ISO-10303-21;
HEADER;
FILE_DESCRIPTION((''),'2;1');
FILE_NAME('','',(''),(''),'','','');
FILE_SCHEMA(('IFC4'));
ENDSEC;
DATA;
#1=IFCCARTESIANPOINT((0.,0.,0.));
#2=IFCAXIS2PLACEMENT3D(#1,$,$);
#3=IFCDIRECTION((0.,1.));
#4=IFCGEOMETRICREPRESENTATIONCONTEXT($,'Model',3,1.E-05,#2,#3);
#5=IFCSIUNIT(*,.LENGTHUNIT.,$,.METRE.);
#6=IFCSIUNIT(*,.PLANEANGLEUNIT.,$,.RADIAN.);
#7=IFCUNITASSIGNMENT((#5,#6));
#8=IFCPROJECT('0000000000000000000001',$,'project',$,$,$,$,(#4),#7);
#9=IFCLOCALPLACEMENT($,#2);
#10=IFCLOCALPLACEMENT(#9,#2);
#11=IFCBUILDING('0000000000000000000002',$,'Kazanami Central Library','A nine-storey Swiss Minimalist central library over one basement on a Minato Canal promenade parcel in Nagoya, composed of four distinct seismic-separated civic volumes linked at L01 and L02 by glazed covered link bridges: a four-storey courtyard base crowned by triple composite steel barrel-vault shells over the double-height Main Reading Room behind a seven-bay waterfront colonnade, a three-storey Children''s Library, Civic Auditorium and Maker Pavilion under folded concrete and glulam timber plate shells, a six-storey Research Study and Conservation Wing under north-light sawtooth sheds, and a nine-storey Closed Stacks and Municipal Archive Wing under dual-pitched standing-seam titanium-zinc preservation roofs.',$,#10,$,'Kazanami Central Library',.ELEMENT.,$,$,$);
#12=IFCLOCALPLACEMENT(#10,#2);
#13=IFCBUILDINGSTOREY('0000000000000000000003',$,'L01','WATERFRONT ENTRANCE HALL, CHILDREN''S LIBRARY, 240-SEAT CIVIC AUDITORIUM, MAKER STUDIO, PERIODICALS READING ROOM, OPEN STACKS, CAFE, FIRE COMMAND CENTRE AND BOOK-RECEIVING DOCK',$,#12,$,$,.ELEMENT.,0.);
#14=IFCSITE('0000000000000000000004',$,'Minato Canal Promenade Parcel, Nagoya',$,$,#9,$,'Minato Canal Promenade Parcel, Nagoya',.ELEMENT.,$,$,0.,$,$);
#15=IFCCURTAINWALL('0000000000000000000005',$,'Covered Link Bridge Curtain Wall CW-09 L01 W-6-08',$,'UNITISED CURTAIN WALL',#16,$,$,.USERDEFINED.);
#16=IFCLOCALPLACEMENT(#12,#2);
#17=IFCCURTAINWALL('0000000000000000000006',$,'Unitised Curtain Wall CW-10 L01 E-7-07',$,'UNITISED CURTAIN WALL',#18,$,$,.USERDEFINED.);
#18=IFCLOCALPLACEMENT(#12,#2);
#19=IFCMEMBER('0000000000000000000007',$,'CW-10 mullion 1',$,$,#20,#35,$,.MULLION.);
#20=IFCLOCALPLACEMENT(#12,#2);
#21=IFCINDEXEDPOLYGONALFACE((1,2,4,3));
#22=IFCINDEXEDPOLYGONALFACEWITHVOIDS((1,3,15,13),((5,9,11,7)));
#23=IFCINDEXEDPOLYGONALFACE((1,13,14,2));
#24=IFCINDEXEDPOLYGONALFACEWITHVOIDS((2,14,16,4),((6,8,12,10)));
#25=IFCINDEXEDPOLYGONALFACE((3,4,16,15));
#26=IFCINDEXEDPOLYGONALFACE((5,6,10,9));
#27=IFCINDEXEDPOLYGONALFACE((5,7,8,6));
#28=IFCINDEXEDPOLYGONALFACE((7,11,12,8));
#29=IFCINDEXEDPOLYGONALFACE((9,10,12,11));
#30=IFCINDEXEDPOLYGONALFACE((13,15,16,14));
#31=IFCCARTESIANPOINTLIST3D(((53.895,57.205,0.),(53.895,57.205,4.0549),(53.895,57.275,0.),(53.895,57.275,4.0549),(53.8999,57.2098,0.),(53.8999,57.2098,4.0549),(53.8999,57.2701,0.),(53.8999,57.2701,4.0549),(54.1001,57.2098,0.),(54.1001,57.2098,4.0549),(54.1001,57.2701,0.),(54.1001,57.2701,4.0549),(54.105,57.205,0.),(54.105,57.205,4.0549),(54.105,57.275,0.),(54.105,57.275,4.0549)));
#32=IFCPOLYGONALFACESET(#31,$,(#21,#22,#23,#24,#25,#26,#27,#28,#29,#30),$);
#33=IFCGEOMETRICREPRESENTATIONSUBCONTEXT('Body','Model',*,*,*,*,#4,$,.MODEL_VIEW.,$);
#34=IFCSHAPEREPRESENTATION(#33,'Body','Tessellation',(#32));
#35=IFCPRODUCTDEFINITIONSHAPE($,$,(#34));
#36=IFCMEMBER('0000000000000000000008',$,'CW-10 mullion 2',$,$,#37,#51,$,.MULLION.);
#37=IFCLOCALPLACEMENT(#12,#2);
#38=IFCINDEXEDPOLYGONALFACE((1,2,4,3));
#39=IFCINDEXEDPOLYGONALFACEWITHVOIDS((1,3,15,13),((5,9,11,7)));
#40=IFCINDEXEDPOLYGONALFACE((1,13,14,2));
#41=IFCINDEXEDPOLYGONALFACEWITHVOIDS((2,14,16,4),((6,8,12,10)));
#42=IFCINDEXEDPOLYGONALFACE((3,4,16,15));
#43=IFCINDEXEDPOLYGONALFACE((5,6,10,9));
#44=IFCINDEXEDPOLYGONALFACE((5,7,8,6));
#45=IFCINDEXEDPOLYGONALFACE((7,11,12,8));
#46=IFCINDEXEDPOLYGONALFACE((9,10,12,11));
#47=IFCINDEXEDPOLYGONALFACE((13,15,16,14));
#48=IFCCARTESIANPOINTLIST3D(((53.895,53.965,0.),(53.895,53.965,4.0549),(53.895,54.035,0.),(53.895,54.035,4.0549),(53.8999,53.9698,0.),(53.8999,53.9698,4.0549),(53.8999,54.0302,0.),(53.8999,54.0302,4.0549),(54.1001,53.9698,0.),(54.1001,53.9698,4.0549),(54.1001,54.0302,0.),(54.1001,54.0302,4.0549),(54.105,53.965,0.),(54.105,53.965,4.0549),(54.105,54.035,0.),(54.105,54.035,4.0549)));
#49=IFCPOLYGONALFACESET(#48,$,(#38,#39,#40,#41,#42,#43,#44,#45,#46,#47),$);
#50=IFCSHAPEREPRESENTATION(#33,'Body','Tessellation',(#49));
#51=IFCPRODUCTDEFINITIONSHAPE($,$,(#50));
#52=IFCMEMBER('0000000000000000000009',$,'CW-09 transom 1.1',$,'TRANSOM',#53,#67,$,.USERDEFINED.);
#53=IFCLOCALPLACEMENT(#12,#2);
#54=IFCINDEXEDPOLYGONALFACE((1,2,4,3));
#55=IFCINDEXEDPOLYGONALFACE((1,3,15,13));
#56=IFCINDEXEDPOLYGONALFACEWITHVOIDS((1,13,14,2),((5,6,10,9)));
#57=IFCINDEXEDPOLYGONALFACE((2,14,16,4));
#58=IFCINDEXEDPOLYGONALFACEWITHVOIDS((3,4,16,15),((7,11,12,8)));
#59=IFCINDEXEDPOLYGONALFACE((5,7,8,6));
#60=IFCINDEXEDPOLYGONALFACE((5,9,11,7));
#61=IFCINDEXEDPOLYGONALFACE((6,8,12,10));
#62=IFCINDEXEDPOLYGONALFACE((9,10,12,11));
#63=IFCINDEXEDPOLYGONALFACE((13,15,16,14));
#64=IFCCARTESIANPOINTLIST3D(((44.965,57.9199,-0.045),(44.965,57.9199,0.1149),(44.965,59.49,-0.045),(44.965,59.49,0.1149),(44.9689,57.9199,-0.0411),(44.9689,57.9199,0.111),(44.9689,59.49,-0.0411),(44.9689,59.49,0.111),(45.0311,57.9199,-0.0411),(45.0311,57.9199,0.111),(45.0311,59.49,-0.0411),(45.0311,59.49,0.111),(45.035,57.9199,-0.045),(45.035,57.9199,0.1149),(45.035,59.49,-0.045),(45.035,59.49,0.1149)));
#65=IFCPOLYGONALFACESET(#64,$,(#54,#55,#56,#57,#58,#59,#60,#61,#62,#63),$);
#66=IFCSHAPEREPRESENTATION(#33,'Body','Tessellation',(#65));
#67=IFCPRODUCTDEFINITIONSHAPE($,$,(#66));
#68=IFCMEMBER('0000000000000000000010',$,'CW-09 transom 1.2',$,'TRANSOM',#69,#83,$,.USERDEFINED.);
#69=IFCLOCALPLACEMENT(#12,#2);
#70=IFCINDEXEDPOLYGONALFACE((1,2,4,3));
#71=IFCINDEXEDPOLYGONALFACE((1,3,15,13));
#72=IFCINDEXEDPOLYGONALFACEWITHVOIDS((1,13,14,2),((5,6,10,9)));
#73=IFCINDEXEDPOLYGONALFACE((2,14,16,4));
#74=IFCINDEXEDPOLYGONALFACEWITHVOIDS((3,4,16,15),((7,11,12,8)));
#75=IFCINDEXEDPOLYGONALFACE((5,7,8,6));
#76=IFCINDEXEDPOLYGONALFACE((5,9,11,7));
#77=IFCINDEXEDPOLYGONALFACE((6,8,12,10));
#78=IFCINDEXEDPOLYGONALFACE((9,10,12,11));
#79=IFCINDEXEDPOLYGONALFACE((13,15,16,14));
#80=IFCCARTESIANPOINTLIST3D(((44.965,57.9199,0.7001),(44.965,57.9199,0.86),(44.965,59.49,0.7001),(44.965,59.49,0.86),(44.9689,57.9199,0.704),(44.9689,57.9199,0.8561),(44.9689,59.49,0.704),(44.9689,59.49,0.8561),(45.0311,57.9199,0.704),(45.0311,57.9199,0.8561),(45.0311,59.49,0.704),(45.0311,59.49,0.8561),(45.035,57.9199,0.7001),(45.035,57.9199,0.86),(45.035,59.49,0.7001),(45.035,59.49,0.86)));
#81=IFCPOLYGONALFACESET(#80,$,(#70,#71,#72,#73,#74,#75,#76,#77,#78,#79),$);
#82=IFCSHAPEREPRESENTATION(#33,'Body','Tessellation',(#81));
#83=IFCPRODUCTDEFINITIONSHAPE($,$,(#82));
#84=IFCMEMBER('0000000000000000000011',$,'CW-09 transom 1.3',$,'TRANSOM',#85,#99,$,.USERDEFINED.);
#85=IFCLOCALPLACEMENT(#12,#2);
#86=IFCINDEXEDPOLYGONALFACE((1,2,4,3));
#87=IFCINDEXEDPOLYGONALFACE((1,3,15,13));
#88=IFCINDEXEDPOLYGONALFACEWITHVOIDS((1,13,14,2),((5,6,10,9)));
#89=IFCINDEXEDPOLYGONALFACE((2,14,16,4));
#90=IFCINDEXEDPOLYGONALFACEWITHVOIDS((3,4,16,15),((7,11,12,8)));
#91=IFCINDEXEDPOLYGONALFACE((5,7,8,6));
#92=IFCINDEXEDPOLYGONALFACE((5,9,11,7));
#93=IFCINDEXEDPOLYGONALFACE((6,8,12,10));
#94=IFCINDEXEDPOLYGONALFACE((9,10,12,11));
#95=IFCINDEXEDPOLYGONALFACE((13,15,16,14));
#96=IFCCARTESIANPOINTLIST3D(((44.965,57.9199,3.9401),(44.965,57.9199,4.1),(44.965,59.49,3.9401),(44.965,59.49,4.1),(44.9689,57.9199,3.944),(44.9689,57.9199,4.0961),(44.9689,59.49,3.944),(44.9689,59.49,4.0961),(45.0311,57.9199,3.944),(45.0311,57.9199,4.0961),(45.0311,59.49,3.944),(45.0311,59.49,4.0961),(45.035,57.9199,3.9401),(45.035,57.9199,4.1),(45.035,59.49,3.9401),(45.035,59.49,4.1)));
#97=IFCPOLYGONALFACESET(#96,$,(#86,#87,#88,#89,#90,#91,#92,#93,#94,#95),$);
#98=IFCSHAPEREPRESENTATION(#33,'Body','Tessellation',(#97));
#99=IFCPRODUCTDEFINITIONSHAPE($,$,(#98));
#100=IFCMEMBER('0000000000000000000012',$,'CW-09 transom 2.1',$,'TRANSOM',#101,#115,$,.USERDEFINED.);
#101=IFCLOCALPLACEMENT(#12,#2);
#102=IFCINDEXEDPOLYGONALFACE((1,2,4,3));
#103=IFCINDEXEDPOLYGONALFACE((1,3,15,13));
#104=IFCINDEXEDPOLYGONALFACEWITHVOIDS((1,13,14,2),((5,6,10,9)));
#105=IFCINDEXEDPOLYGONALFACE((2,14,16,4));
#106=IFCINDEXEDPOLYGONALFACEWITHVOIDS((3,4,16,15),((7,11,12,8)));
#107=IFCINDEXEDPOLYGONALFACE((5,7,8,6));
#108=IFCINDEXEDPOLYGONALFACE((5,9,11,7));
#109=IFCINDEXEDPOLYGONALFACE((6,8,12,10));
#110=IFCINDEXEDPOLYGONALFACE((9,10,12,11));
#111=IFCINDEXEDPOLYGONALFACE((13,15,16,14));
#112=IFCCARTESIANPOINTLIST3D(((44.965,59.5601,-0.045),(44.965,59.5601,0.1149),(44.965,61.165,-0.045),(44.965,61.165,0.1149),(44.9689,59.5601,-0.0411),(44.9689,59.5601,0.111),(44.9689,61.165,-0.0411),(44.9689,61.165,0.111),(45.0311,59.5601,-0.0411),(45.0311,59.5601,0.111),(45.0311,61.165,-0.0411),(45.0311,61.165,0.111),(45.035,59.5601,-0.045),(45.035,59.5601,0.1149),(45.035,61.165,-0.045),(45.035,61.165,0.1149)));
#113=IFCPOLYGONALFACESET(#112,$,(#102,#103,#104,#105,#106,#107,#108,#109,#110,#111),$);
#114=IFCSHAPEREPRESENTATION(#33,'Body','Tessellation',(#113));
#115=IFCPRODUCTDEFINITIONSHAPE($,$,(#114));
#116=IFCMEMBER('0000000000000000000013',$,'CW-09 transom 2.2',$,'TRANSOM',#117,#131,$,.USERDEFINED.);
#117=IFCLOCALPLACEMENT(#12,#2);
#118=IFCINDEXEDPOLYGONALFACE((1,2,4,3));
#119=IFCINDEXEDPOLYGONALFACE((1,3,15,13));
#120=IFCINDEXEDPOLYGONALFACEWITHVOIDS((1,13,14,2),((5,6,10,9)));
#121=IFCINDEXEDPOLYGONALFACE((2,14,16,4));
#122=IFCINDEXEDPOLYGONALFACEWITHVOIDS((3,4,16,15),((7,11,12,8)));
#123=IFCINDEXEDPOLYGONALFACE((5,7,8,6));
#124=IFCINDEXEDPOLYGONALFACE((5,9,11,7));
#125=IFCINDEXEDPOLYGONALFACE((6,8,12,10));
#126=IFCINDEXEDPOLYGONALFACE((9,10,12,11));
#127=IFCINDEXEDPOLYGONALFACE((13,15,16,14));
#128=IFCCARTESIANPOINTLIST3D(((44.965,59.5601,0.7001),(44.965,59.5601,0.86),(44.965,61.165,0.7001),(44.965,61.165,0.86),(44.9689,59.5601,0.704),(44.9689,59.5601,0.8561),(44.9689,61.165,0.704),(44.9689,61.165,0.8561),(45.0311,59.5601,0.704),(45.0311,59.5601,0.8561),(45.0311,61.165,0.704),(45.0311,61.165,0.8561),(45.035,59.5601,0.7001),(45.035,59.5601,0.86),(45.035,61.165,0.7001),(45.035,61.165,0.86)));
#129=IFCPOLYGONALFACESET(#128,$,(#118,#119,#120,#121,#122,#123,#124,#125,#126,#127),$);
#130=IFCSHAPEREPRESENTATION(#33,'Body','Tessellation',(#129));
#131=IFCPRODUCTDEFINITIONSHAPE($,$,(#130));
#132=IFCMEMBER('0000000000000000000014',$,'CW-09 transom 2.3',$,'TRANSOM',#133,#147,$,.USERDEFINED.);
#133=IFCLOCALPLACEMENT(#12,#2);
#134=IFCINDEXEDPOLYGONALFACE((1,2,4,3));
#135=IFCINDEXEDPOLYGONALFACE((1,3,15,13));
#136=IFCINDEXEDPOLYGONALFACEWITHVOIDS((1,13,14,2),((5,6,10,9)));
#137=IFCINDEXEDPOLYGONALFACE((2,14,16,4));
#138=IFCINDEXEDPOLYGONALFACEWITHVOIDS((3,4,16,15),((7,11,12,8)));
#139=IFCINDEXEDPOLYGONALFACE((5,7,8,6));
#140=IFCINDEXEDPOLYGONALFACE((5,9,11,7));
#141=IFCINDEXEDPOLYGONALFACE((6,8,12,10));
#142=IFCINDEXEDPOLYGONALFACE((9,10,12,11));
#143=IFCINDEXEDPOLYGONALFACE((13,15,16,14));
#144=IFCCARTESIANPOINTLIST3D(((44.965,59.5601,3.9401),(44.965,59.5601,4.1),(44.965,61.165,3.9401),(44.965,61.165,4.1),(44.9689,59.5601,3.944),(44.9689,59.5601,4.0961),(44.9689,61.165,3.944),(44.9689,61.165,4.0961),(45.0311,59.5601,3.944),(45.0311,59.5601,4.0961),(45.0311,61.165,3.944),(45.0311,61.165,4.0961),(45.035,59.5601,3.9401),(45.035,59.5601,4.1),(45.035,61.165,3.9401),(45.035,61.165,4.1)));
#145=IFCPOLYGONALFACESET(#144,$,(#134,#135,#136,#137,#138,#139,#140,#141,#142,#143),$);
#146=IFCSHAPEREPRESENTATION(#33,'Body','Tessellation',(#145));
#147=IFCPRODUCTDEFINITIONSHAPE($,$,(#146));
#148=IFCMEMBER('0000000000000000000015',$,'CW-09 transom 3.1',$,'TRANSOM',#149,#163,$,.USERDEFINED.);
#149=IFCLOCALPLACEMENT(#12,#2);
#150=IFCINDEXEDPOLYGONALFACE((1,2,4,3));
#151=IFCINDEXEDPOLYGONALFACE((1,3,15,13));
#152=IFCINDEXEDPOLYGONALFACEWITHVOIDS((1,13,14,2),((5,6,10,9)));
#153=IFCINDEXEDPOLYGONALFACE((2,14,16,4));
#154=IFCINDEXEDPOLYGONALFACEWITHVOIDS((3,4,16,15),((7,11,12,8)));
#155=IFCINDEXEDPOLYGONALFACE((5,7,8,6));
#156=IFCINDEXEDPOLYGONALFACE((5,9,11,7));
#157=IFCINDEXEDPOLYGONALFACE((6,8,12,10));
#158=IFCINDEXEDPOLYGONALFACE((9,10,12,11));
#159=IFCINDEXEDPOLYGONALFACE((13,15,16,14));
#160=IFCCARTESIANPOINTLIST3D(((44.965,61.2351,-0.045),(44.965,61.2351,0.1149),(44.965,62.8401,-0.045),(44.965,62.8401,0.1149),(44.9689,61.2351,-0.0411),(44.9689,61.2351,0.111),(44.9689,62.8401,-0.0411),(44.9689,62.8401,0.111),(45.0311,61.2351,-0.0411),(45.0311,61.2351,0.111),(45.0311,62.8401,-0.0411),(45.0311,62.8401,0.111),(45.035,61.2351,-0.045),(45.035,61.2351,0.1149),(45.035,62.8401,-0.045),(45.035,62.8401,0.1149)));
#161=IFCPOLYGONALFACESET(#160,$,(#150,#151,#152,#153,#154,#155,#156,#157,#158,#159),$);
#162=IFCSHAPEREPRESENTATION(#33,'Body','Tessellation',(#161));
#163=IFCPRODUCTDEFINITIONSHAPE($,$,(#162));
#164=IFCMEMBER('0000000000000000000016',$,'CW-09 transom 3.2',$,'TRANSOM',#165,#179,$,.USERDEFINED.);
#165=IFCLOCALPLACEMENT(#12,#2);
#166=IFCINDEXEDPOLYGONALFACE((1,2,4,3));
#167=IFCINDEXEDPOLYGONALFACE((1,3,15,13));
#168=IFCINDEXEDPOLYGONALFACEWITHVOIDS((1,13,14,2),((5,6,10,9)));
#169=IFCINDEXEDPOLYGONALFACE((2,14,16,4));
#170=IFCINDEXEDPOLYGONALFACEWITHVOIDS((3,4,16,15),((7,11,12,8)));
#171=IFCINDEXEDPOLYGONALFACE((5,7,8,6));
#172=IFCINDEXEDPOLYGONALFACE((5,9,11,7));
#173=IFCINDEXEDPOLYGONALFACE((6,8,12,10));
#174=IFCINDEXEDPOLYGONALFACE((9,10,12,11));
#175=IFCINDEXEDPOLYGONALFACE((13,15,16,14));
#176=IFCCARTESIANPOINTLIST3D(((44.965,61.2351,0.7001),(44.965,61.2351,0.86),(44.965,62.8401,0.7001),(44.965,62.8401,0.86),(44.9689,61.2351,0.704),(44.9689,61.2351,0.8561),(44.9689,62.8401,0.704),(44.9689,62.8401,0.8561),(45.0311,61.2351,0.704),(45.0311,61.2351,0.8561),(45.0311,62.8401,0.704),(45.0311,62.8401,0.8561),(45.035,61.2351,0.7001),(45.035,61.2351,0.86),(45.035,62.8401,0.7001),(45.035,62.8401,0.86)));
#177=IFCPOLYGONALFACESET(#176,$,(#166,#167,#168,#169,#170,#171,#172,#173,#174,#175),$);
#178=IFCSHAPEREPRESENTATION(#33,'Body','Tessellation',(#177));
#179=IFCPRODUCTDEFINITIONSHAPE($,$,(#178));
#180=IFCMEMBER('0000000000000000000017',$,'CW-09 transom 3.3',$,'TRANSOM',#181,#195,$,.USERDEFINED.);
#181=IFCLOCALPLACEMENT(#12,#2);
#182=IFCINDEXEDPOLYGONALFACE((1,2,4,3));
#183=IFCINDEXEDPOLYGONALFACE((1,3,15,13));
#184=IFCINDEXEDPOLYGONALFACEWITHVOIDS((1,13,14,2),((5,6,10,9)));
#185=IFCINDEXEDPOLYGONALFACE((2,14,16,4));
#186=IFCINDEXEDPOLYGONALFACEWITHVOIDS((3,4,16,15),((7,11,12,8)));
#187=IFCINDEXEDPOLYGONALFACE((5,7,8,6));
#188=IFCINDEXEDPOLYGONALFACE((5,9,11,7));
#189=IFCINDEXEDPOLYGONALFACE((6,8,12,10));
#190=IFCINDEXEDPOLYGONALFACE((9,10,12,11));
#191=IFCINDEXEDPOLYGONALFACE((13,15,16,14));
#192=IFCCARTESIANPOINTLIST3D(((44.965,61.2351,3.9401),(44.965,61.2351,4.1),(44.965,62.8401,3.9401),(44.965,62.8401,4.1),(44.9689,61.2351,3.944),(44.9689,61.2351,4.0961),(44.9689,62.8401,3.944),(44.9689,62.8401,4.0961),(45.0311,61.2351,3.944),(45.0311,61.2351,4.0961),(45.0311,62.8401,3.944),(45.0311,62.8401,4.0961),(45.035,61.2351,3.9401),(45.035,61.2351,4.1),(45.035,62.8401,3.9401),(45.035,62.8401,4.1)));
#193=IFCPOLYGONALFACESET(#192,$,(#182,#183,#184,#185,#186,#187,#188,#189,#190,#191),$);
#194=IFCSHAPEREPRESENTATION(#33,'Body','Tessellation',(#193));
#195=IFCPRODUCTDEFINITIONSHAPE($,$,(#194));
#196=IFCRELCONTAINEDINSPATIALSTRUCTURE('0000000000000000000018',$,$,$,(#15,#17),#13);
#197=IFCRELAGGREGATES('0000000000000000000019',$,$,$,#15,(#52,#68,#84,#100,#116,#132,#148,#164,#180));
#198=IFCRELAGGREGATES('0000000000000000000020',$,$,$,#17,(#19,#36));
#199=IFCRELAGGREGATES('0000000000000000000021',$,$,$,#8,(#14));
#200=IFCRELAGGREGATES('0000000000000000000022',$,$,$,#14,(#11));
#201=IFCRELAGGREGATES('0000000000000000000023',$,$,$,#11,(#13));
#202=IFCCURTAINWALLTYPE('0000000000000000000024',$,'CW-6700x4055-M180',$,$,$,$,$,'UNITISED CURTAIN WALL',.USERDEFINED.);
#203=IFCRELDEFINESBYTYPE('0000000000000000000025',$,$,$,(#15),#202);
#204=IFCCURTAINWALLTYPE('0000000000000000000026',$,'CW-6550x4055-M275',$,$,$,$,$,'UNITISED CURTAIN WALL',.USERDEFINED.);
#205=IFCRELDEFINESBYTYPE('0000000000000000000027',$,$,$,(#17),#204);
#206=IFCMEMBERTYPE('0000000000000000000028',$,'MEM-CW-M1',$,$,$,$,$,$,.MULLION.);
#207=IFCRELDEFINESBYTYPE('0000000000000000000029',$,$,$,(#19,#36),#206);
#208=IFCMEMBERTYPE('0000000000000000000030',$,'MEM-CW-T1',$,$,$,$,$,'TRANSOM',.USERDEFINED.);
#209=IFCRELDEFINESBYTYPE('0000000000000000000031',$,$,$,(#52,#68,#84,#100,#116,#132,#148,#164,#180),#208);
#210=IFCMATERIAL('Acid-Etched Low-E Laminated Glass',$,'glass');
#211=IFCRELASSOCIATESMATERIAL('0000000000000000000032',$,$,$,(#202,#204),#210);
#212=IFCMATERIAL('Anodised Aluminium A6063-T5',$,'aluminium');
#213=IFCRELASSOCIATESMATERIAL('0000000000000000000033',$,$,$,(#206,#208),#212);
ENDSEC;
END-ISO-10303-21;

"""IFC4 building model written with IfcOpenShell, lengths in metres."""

from ifc_helpers import new_model, si_unit, direction, frame, origin, origin_2d, place, context, subcontext, project, spatial, hollow_rectangle, extrude, material, material_profile, profile_set, type_object, element, aggregate, save


model = new_model("IFC4")

# Units and contexts
model_context = context("Model", 3, precision=1e-05, world=origin(), true_north=direction((0.0, 1.0)))
body_context = subcontext(model_context, "Body", "Model", "MODEL_VIEW")
ifc_project = project(units=[si_unit("LENGTHUNIT", "METRE"), si_unit("PLANEANGLEUNIT", "RADIAN")], contexts=[model_context])

# Site, building, storey
site_placement = place(None, origin())
site = spatial("IfcSite", under=ifc_project, at=site_placement, Name="Minato Canal Promenade Parcel, Nagoya", LongName="Minato Canal Promenade Parcel, Nagoya", CompositionType="ELEMENT", RefElevation=0.0)
building_placement = place(site_placement, origin())
building = spatial("IfcBuilding", under=site, at=building_placement, Name="Kazanami Central Library", Description="A nine-storey Swiss Minimalist central library over one basement on a Minato Canal promenade parcel in Nagoya, composed of four distinct seismic-separated civic volumes linked at L01 and L02 by glazed covered link bridges: a four-storey courtyard base crowned by triple composite steel barrel-vault shells over the double-height Main Reading Room behind a seven-bay waterfront colonnade, a three-storey Children's Library, Civic Auditorium and Maker Pavilion under folded concrete and glulam timber plate shells, a six-storey Research Study and Conservation Wing under north-light sawtooth sheds, and a nine-storey Closed Stacks and Municipal Archive Wing under dual-pitched standing-seam titanium-zinc preservation roofs.", LongName="Kazanami Central Library", CompositionType="ELEMENT")
storey_placement = place(building_placement, origin())
storey = spatial("IfcBuildingStorey", under=building, at=storey_placement, Name="L01", Description="WATERFRONT ENTRANCE HALL, CHILDREN'S LIBRARY, 240-SEAT CIVIC AUDITORIUM, MAKER STUDIO, PERIODICALS READING ROOM, OPEN STACKS, CAFE, FIRE COMMAND CENTRE AND BOOK-RECEIVING DOCK", CompositionType="ELEMENT", Elevation=0.0)

# Curtain walls, members
ifc_material_1 = material(Name="Acid-Etched Low-E Laminated Glass", Category="glass")
curtain_wall_type_1 = type_object("IfcCurtainWallType", Name="CW-6700x4055-M180", ElementType="UNITISED CURTAIN WALL", PredefinedType="USERDEFINED", material=ifc_material_1)
curtain_wall_1_placement = place(storey_placement, origin())
curtain_wall_1 = element("IfcCurtainWall", 1, at=curtain_wall_1_placement, inside=storey, type_object=curtain_wall_type_1, Name="Covered Link Bridge Curtain Wall CW-09 L01 W-6-08", ObjectType="UNITISED CURTAIN WALL", PredefinedType="USERDEFINED")
ifc_material_2 = material(Name="Anodised Aluminium A6063-T5", Category="aluminium")
ifc_material_profile_1 = material_profile(ifc_material_2, hollow_rectangle(XDim=0.0701, YDim=0.21, WallThickness=0.0049, at=origin_2d()), Name="ALU-MULL-70x210x5")
ifc_profile_set_1 = profile_set([ifc_material_profile_1], Name="Anodised Aluminium A6063-T5")
member_type_1 = type_object("IfcMemberType", Name="MEM-CW-M1", PredefinedType="MULLION", material=ifc_profile_set_1)
curtain_wall_type_2 = type_object("IfcCurtainWallType", Name="CW-6550x4055-M275", ElementType="UNITISED CURTAIN WALL", PredefinedType="USERDEFINED", material=ifc_material_1)
curtain_wall_2_placement = place(storey_placement, origin())
curtain_wall_2 = element("IfcCurtainWall", 2, at=curtain_wall_2_placement, inside=storey, type_object=curtain_wall_type_2, Name="Unitised Curtain Wall CW-10 L01 E-7-07", ObjectType="UNITISED CURTAIN WALL", PredefinedType="USERDEFINED")
member_1_placement = place(storey_placement, frame((54.0, 57.24, 0.0), z_axis=(0.0, 0.0, 1.0), x_axis=(0.0, -1.0, 0.0)))
member_1 = element("IfcMember", 3, at=member_1_placement, type_object=member_type_1, Name="CW-10 mullion 1", PredefinedType="MULLION", context=body_context, shape_type="SweptSolid", body=[
    extrude(hollow_rectangle(XDim=0.0701, YDim=0.21, WallThickness=0.0049, at=origin_2d()), origin(), (0.0, 0.0, 1.0), 4.0549),
])
member_2_placement = place(storey_placement, frame((54.0, 54.0, 0.0), z_axis=(0.0, 0.0, 1.0), x_axis=(0.0, -1.0, 0.0)))
member_2 = element("IfcMember", 4, at=member_2_placement, type_object=member_type_1, Name="CW-10 mullion 2", PredefinedType="MULLION", context=body_context, shape_type="SweptSolid", body=[
    extrude(hollow_rectangle(XDim=0.0701, YDim=0.21, WallThickness=0.0049, at=origin_2d()), origin(), (0.0, 0.0, 1.0), 4.0549),
])

# Members
ifc_material_profile_2 = material_profile(ifc_material_2, hollow_rectangle(XDim=0.0701, YDim=0.1599, WallThickness=0.0039, at=origin_2d()), Name="ALU-TRAN-70x160x4")
ifc_profile_set_2 = profile_set([ifc_material_profile_2], Name="Anodised Aluminium A6063-T5")
member_type_2 = type_object("IfcMemberType", Name="MEM-CW-T1", ElementType="TRANSOM", PredefinedType="USERDEFINED", material=ifc_profile_set_2)
member_3_placement = place(storey_placement, frame((45.0, 57.9199, 0.0349), z_axis=(0.0, 1.0, 0.0), x_axis=(-1.0, 0.0, 0.0)))
member_3 = element("IfcMember", 5, at=member_3_placement, type_object=member_type_2, Name="CW-09 transom 1.1", ObjectType="TRANSOM", PredefinedType="USERDEFINED", context=body_context, shape_type="SweptSolid", body=[
    extrude(hollow_rectangle(XDim=0.0701, YDim=0.1599, WallThickness=0.0039, at=origin_2d()), origin(), (0.0, 0.0, 1.0), 1.5701),
])
member_4_placement = place(storey_placement, frame((45.0, 57.9199, 0.78), z_axis=(0.0, 1.0, 0.0), x_axis=(-1.0, 0.0, 0.0)))
member_4 = element("IfcMember", 6, at=member_4_placement, type_object=member_type_2, Name="CW-09 transom 1.2", ObjectType="TRANSOM", PredefinedType="USERDEFINED", context=body_context, shape_type="SweptSolid", body=[
    extrude(hollow_rectangle(XDim=0.0701, YDim=0.1599, WallThickness=0.0039, at=origin_2d()), origin(), (0.0, 0.0, 1.0), 1.5701),
])
member_5_placement = place(storey_placement, frame((45.0, 57.9199, 4.02), z_axis=(0.0, 1.0, 0.0), x_axis=(-1.0, 0.0, 0.0)))
member_5 = element("IfcMember", 7, at=member_5_placement, type_object=member_type_2, Name="CW-09 transom 1.3", ObjectType="TRANSOM", PredefinedType="USERDEFINED", context=body_context, shape_type="SweptSolid", body=[
    extrude(hollow_rectangle(XDim=0.0701, YDim=0.1599, WallThickness=0.0039, at=origin_2d()), origin(), (0.0, 0.0, 1.0), 1.5701),
])
member_6_placement = place(storey_placement, frame((45.0, 59.5601, 0.0349), z_axis=(0.0, 1.0, 0.0), x_axis=(-1.0, 0.0, 0.0)))
member_6 = element("IfcMember", 8, at=member_6_placement, type_object=member_type_2, Name="CW-09 transom 2.1", ObjectType="TRANSOM", PredefinedType="USERDEFINED", context=body_context, shape_type="SweptSolid", body=[
    extrude(hollow_rectangle(XDim=0.0701, YDim=0.1599, WallThickness=0.0039, at=origin_2d()), origin(), (0.0, 0.0, 1.0), 1.605),
])
member_7_placement = place(storey_placement, frame((45.0, 59.5601, 0.78), z_axis=(0.0, 1.0, 0.0), x_axis=(-1.0, 0.0, 0.0)))
member_7 = element("IfcMember", 9, at=member_7_placement, type_object=member_type_2, Name="CW-09 transom 2.2", ObjectType="TRANSOM", PredefinedType="USERDEFINED", context=body_context, shape_type="SweptSolid", body=[
    extrude(hollow_rectangle(XDim=0.0701, YDim=0.1599, WallThickness=0.0039, at=origin_2d()), origin(), (0.0, 0.0, 1.0), 1.605),
])
member_8_placement = place(storey_placement, frame((45.0, 59.5601, 4.02), z_axis=(0.0, 1.0, 0.0), x_axis=(-1.0, 0.0, 0.0)))
member_8 = element("IfcMember", 10, at=member_8_placement, type_object=member_type_2, Name="CW-09 transom 2.3", ObjectType="TRANSOM", PredefinedType="USERDEFINED", context=body_context, shape_type="SweptSolid", body=[
    extrude(hollow_rectangle(XDim=0.0701, YDim=0.1599, WallThickness=0.0039, at=origin_2d()), origin(), (0.0, 0.0, 1.0), 1.605),
])
member_9_placement = place(storey_placement, frame((45.0, 61.2351, 0.0349), z_axis=(0.0, 1.0, 0.0), x_axis=(-1.0, 0.0, 0.0)))
member_9 = element("IfcMember", 11, at=member_9_placement, type_object=member_type_2, Name="CW-09 transom 3.1", ObjectType="TRANSOM", PredefinedType="USERDEFINED", context=body_context, shape_type="SweptSolid", body=[
    extrude(hollow_rectangle(XDim=0.0701, YDim=0.1599, WallThickness=0.0039, at=origin_2d()), origin(), (0.0, 0.0, 1.0), 1.605),
])
member_10_placement = place(storey_placement, frame((45.0, 61.2351, 0.78), z_axis=(0.0, 1.0, 0.0), x_axis=(-1.0, 0.0, 0.0)))
member_10 = element("IfcMember", 12, at=member_10_placement, type_object=member_type_2, Name="CW-09 transom 3.2", ObjectType="TRANSOM", PredefinedType="USERDEFINED", context=body_context, shape_type="SweptSolid", body=[
    extrude(hollow_rectangle(XDim=0.0701, YDim=0.1599, WallThickness=0.0039, at=origin_2d()), origin(), (0.0, 0.0, 1.0), 1.605),
])
member_11_placement = place(storey_placement, frame((45.0, 61.2351, 4.02), z_axis=(0.0, 1.0, 0.0), x_axis=(-1.0, 0.0, 0.0)))
member_11 = element("IfcMember", 13, at=member_11_placement, type_object=member_type_2, Name="CW-09 transom 3.3", ObjectType="TRANSOM", PredefinedType="USERDEFINED", context=body_context, shape_type="SweptSolid", body=[
    extrude(hollow_rectangle(XDim=0.0701, YDim=0.1599, WallThickness=0.0039, at=origin_2d()), origin(), (0.0, 0.0, 1.0), 1.605),
])

aggregate(curtain_wall_1, [member_3, member_4, member_5, member_6, member_7, member_8, member_9, member_10, member_11])
aggregate(curtain_wall_2, [member_1, member_2])

save(model, "model.ifc")
